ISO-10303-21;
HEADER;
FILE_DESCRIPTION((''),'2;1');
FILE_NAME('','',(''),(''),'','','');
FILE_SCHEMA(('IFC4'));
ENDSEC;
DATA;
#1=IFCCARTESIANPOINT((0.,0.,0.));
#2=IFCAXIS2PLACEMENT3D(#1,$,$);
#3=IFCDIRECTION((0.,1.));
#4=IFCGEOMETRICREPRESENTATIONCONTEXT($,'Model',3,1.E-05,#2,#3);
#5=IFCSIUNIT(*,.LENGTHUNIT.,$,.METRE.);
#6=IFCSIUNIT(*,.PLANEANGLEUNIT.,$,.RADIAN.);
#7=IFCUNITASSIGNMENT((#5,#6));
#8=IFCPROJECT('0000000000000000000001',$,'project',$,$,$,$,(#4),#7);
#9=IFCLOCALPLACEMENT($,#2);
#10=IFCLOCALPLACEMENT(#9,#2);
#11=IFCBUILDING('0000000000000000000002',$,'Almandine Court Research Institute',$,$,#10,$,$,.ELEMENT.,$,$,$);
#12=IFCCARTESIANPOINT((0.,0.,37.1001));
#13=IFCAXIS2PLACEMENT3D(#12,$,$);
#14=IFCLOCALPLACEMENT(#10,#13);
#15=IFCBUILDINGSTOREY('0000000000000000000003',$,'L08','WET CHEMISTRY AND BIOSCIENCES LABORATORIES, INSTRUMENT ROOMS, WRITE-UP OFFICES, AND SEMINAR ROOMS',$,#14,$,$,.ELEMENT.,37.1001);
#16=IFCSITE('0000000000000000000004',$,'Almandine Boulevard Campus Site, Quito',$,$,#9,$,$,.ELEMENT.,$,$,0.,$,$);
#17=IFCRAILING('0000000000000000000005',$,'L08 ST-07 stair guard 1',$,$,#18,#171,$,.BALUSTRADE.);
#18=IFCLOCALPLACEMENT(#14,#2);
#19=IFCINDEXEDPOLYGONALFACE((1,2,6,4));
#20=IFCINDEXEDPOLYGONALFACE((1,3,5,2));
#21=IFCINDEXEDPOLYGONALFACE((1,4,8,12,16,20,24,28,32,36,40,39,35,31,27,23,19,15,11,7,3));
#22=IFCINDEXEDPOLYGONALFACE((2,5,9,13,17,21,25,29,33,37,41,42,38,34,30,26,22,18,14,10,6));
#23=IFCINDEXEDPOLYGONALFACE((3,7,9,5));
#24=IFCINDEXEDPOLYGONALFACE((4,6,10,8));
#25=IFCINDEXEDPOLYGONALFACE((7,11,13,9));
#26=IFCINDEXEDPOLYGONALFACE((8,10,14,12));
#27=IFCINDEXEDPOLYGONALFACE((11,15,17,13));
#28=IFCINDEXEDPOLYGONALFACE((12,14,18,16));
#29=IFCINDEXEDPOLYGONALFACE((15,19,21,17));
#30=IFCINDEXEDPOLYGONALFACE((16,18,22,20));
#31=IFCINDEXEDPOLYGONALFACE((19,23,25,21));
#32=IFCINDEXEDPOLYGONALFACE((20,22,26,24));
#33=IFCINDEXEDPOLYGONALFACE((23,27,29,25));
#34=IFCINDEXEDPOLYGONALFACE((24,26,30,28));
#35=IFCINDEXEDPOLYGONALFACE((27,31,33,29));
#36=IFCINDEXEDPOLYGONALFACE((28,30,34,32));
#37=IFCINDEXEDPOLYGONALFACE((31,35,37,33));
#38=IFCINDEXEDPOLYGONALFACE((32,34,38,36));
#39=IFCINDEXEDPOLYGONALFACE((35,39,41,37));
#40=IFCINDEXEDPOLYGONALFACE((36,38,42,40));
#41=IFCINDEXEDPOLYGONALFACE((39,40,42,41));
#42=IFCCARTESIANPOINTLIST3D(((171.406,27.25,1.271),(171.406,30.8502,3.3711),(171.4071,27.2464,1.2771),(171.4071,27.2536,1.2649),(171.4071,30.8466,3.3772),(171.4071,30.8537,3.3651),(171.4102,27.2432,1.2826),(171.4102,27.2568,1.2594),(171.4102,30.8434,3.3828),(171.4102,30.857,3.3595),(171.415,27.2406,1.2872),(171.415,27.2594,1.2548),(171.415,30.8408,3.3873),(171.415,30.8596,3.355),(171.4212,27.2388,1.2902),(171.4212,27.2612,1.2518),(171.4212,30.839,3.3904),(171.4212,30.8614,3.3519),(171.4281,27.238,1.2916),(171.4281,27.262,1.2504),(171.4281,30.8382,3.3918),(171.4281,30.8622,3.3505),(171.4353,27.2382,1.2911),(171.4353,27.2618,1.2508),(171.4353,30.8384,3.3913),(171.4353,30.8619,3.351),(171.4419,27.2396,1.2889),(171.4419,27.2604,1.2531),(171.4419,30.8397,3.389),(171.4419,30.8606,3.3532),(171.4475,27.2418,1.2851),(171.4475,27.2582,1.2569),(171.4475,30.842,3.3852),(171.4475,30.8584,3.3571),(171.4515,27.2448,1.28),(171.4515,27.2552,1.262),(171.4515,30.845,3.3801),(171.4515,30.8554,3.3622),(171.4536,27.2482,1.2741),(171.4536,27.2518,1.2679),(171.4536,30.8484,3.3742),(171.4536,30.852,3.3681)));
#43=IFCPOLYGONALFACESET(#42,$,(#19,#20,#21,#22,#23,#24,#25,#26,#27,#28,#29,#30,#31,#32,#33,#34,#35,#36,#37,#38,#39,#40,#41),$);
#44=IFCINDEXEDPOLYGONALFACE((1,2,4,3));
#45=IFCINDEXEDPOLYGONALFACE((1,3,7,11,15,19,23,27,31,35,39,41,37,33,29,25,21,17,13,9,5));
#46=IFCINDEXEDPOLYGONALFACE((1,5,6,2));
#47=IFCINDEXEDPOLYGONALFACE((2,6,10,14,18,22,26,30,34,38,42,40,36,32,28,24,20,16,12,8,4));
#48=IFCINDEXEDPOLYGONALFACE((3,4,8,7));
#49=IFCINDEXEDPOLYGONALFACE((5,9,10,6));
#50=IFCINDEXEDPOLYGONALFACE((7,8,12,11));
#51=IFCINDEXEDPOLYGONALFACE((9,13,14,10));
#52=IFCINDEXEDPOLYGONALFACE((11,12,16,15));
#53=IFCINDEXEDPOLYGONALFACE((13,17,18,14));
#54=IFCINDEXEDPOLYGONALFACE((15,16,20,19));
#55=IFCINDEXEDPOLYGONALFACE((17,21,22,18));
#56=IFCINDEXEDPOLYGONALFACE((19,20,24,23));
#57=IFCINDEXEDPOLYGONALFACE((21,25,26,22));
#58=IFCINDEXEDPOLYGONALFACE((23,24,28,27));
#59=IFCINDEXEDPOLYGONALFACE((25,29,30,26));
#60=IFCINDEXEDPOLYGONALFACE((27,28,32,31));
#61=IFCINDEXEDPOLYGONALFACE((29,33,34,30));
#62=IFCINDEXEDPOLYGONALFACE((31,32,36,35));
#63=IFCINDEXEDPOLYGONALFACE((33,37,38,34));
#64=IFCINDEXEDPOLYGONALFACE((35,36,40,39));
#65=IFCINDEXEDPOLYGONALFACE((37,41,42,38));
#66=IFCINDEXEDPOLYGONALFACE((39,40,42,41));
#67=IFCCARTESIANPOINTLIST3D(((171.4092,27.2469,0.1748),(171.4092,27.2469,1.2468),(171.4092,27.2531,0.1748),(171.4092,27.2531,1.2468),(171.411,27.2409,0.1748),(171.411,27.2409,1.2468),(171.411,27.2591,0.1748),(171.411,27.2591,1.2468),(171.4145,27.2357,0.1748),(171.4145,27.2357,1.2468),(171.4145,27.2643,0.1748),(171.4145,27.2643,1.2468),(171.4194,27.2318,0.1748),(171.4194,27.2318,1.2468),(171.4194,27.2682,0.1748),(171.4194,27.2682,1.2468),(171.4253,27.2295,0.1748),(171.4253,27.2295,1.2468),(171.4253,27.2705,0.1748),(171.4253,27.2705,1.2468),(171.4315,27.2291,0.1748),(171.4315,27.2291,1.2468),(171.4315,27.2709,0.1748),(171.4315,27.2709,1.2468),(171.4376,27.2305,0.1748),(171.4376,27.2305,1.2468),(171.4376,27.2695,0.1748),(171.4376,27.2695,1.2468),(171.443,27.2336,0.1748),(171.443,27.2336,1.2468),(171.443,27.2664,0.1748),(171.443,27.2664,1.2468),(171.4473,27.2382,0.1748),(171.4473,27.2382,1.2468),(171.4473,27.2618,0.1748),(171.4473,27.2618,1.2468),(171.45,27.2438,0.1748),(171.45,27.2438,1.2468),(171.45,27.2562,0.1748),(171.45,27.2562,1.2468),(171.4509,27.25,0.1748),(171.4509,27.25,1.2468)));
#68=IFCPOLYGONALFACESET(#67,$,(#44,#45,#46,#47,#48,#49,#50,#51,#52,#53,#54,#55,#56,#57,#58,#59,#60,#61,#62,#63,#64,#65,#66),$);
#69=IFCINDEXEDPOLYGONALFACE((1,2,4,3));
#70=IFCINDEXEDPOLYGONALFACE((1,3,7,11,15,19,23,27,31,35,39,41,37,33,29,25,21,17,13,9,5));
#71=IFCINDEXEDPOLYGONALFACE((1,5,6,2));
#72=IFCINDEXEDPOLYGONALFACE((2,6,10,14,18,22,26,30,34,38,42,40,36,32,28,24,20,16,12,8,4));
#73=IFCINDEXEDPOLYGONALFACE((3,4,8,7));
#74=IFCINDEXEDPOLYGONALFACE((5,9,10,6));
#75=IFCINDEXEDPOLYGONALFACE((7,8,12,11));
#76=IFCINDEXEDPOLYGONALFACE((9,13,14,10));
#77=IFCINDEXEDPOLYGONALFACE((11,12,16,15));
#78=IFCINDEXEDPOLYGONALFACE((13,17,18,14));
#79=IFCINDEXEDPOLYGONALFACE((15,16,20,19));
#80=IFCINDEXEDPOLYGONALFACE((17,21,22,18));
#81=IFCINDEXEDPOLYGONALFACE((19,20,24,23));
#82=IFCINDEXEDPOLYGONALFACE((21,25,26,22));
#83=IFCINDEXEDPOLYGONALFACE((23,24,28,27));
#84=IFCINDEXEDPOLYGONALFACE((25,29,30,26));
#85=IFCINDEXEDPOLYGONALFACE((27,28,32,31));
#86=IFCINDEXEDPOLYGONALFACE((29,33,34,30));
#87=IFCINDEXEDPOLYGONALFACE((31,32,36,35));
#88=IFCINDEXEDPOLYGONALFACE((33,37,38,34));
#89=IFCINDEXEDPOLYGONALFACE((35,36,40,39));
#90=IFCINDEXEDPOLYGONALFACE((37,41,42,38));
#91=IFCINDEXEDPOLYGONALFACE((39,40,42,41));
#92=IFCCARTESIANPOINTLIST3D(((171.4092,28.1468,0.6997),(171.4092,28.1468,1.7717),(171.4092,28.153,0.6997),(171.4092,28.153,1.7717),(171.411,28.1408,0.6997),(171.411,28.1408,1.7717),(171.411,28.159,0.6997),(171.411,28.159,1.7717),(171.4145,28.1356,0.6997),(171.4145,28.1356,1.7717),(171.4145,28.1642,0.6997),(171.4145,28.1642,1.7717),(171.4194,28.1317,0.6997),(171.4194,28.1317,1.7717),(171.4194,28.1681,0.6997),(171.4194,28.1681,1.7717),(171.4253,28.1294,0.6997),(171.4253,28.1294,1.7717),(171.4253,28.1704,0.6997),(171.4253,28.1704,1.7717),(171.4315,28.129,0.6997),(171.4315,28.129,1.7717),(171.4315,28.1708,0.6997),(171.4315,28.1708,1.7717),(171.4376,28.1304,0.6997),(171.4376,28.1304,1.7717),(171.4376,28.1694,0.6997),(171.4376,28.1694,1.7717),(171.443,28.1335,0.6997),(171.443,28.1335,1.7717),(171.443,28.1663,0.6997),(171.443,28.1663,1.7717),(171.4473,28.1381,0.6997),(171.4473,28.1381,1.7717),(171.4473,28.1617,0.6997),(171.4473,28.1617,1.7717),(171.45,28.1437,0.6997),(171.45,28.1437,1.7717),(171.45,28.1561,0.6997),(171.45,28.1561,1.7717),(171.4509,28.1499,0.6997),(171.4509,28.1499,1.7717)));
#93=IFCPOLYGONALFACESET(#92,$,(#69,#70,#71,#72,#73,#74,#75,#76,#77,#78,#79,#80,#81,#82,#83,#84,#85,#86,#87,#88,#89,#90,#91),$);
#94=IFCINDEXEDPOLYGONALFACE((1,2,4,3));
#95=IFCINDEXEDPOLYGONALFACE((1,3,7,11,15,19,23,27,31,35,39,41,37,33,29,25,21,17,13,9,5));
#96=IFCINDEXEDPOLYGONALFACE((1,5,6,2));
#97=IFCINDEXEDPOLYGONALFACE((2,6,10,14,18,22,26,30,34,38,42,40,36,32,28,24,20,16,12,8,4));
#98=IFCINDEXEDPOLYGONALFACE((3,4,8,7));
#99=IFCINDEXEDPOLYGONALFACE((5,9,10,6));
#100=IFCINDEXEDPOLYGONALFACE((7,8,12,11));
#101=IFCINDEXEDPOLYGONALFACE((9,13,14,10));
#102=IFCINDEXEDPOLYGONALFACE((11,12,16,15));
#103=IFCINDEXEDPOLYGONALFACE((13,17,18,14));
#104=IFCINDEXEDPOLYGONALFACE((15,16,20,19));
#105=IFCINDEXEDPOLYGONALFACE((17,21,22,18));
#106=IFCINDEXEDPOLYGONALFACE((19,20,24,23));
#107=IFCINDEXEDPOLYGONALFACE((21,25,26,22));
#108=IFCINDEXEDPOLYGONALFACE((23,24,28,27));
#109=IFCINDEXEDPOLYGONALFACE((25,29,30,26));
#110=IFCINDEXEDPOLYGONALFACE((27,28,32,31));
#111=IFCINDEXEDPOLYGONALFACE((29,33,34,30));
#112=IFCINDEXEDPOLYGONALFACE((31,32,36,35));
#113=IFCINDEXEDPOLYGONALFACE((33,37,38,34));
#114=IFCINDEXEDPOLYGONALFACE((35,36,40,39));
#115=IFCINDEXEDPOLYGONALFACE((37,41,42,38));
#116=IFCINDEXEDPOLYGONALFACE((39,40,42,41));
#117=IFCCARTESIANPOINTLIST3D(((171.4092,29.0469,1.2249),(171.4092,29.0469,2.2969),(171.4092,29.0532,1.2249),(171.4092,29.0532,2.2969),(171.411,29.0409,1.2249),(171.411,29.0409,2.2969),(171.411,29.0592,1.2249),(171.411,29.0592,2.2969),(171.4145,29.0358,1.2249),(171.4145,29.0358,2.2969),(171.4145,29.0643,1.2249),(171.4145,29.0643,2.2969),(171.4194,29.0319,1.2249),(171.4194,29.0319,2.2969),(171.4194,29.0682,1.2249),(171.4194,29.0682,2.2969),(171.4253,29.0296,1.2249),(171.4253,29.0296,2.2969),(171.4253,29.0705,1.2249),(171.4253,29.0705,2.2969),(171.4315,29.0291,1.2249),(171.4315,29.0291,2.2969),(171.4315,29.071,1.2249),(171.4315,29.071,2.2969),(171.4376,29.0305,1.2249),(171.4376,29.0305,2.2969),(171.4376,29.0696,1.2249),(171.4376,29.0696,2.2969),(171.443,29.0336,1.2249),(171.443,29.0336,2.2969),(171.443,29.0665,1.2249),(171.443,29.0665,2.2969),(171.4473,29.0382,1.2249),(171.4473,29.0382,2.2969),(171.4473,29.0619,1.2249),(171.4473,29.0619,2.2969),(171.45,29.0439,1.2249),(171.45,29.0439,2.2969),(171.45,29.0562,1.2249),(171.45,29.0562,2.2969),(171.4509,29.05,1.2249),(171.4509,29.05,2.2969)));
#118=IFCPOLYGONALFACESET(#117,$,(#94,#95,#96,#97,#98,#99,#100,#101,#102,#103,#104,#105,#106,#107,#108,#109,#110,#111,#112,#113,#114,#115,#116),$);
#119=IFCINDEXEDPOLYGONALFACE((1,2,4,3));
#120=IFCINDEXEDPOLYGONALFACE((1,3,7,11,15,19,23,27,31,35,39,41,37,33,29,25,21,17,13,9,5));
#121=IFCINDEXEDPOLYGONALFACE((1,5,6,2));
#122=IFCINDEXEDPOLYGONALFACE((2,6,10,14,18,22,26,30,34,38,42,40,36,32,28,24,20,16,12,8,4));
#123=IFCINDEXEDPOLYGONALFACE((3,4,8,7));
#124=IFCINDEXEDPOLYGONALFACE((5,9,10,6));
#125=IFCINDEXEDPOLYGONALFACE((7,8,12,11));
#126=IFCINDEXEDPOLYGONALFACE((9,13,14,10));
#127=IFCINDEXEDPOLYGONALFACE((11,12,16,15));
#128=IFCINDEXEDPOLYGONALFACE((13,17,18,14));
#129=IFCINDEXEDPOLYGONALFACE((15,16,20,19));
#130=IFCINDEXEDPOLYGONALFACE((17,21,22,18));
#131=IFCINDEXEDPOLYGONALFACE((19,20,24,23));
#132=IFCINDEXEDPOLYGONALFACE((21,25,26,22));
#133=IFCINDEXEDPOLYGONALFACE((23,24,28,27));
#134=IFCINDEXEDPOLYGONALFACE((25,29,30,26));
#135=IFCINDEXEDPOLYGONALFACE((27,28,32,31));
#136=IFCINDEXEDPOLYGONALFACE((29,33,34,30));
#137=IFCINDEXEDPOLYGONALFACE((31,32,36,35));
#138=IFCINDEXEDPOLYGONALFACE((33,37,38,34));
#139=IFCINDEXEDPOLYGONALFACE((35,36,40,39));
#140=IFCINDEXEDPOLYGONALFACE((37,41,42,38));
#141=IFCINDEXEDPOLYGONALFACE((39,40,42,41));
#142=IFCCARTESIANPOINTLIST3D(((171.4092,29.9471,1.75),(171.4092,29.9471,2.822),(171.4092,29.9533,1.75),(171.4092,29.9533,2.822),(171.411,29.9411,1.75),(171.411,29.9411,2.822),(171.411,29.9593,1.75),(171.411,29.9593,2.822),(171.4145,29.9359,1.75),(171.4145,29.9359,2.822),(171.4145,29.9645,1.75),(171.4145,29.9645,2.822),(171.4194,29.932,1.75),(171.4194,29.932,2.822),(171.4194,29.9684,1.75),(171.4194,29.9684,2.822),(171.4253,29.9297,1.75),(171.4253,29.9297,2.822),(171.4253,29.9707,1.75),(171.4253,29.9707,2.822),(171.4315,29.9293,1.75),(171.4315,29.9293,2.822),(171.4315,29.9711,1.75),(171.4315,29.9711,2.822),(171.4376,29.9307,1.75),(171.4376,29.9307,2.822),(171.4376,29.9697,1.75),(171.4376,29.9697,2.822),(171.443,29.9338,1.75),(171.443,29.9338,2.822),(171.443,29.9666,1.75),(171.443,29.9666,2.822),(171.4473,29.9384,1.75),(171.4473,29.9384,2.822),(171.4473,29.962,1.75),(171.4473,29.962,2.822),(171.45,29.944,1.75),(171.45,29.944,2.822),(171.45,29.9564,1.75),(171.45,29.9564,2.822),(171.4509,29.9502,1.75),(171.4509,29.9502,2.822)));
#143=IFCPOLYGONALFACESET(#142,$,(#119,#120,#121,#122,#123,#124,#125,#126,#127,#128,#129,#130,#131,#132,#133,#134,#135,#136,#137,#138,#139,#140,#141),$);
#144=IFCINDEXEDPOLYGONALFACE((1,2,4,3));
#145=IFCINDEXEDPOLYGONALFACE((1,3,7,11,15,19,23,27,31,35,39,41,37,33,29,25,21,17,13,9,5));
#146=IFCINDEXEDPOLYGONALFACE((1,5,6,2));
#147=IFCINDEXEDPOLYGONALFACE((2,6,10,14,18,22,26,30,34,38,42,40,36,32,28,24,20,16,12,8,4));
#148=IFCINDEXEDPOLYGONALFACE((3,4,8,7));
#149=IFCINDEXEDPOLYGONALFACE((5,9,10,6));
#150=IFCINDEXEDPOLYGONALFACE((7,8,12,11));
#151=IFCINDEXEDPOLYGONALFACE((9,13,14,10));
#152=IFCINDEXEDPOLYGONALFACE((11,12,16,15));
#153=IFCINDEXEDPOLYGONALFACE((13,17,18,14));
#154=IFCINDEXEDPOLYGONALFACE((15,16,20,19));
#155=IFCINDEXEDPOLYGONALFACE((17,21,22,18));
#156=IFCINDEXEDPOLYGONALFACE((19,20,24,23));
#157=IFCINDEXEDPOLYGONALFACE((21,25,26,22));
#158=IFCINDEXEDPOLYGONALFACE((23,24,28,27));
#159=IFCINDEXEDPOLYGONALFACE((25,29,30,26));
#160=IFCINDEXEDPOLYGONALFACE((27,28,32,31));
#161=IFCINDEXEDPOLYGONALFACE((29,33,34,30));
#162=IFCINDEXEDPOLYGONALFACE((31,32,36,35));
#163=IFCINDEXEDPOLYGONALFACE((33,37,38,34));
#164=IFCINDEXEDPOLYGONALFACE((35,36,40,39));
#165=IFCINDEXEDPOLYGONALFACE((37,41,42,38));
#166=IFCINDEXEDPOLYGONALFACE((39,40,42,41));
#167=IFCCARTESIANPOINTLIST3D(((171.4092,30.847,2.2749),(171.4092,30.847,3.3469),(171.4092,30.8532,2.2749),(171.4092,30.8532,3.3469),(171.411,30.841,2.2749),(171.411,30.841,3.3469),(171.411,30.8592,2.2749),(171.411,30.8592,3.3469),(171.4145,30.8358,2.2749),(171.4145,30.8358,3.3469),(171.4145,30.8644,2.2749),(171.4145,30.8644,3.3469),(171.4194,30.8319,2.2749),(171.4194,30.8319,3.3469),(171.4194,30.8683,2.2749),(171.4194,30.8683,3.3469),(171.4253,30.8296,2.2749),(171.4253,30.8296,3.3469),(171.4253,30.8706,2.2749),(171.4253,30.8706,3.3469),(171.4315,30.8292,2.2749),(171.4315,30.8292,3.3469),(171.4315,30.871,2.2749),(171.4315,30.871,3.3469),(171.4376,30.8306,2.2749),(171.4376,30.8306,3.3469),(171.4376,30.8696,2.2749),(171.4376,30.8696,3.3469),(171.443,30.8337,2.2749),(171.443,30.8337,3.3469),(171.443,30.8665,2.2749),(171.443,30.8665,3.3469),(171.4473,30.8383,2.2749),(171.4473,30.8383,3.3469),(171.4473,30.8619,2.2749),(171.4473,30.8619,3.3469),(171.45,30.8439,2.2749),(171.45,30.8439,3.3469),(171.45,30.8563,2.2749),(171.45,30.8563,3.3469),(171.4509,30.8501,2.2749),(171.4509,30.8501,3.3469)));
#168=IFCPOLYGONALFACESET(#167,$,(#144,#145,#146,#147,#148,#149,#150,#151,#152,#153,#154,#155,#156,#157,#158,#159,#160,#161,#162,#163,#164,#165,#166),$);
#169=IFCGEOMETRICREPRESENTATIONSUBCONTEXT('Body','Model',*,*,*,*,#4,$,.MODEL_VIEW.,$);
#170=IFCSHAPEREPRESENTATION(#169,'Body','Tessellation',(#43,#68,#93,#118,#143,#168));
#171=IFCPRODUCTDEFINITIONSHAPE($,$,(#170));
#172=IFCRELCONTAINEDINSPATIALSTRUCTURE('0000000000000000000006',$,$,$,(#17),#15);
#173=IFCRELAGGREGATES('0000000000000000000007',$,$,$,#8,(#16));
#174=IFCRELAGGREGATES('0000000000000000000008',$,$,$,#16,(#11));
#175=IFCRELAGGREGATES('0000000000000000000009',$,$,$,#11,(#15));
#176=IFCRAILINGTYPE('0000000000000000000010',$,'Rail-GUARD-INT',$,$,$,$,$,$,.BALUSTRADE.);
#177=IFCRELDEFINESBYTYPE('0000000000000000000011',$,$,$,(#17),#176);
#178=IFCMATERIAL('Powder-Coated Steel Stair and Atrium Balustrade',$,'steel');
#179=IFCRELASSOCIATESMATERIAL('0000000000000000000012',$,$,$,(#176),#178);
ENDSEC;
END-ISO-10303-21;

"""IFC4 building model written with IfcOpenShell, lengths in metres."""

from ifc_helpers import new_model, si_unit, direction, frame, origin, origin_2d, place, context, subcontext, project, spatial, circle, extrude, material, type_object, element, save


model = new_model("IFC4")

# Units and contexts
model_context = context("Model", 3, precision=1e-05, world=origin(), true_north=direction((0.0, 1.0)))
body_context = subcontext(model_context, "Body", "Model", "MODEL_VIEW")
ifc_project = project(units=[si_unit("LENGTHUNIT", "METRE"), si_unit("PLANEANGLEUNIT", "RADIAN")], contexts=[model_context])

# Site, building, storey
site_placement = place(None, origin())
site = spatial("IfcSite", under=ifc_project, at=site_placement, Name="Almandine Boulevard Campus Site, Quito", CompositionType="ELEMENT", RefElevation=0.0)
building_placement = place(site_placement, origin())
building = spatial("IfcBuilding", under=site, at=building_placement, Name="Almandine Court Research Institute", CompositionType="ELEMENT")
storey_placement = place(building_placement, frame((0.0, 0.0, 37.1001)))
storey = spatial("IfcBuildingStorey", under=building, at=storey_placement, Name="L08", Description="WET CHEMISTRY AND BIOSCIENCES LABORATORIES, INSTRUMENT ROOMS, WRITE-UP OFFICES, AND SEMINAR ROOMS", CompositionType="ELEMENT", Elevation=37.1001)

# Railing
ifc_material_1 = material(Name="Powder-Coated Steel Stair and Atrium Balustrade", Category="steel")
railing_type_1 = type_object("IfcRailingType", Name="Rail-GUARD-INT", PredefinedType="BALUSTRADE", material=ifc_material_1)
railing_1_placement = place(storey_placement, frame((171.4299, 27.25, 0.1748)))
element("IfcRailing", 1, at=railing_1_placement, inside=storey, type_object=railing_type_1, Name="L08 ST-07 stair guard 1", PredefinedType="BALUSTRADE", context=body_context, shape_type="SweptSolid", body=[
    extrude(circle(Radius=0.0239, at=origin_2d()), frame((0.0, 0.0, 1.0962), z_axis=(0.0, 0.863775, 0.503878), x_axis=(-1.0, 0.0, 0.0)), (0.0, 0.0, 1.0), 4.168),
    extrude(circle(Radius=0.021, at=origin_2d()), origin(), (0.0, 0.0, 1.0), 1.072),
    extrude(circle(Radius=0.021, at=origin_2d()), frame((0.0, 0.8999, 0.5249)), (0.0, 0.0, 1.0), 1.072),
    extrude(circle(Radius=0.021, at=origin_2d()), frame((0.0, 1.8, 1.05)), (0.0, 0.0, 1.0), 1.072),
    extrude(circle(Radius=0.021, at=origin_2d()), frame((0.0, 2.7002, 1.5752)), (0.0, 0.0, 1.0), 1.072),
    extrude(circle(Radius=0.021, at=origin_2d()), frame((0.0, 3.6001, 2.1001)), (0.0, 0.0, 1.0), 1.072),
])

save(model, "model.ifc")
